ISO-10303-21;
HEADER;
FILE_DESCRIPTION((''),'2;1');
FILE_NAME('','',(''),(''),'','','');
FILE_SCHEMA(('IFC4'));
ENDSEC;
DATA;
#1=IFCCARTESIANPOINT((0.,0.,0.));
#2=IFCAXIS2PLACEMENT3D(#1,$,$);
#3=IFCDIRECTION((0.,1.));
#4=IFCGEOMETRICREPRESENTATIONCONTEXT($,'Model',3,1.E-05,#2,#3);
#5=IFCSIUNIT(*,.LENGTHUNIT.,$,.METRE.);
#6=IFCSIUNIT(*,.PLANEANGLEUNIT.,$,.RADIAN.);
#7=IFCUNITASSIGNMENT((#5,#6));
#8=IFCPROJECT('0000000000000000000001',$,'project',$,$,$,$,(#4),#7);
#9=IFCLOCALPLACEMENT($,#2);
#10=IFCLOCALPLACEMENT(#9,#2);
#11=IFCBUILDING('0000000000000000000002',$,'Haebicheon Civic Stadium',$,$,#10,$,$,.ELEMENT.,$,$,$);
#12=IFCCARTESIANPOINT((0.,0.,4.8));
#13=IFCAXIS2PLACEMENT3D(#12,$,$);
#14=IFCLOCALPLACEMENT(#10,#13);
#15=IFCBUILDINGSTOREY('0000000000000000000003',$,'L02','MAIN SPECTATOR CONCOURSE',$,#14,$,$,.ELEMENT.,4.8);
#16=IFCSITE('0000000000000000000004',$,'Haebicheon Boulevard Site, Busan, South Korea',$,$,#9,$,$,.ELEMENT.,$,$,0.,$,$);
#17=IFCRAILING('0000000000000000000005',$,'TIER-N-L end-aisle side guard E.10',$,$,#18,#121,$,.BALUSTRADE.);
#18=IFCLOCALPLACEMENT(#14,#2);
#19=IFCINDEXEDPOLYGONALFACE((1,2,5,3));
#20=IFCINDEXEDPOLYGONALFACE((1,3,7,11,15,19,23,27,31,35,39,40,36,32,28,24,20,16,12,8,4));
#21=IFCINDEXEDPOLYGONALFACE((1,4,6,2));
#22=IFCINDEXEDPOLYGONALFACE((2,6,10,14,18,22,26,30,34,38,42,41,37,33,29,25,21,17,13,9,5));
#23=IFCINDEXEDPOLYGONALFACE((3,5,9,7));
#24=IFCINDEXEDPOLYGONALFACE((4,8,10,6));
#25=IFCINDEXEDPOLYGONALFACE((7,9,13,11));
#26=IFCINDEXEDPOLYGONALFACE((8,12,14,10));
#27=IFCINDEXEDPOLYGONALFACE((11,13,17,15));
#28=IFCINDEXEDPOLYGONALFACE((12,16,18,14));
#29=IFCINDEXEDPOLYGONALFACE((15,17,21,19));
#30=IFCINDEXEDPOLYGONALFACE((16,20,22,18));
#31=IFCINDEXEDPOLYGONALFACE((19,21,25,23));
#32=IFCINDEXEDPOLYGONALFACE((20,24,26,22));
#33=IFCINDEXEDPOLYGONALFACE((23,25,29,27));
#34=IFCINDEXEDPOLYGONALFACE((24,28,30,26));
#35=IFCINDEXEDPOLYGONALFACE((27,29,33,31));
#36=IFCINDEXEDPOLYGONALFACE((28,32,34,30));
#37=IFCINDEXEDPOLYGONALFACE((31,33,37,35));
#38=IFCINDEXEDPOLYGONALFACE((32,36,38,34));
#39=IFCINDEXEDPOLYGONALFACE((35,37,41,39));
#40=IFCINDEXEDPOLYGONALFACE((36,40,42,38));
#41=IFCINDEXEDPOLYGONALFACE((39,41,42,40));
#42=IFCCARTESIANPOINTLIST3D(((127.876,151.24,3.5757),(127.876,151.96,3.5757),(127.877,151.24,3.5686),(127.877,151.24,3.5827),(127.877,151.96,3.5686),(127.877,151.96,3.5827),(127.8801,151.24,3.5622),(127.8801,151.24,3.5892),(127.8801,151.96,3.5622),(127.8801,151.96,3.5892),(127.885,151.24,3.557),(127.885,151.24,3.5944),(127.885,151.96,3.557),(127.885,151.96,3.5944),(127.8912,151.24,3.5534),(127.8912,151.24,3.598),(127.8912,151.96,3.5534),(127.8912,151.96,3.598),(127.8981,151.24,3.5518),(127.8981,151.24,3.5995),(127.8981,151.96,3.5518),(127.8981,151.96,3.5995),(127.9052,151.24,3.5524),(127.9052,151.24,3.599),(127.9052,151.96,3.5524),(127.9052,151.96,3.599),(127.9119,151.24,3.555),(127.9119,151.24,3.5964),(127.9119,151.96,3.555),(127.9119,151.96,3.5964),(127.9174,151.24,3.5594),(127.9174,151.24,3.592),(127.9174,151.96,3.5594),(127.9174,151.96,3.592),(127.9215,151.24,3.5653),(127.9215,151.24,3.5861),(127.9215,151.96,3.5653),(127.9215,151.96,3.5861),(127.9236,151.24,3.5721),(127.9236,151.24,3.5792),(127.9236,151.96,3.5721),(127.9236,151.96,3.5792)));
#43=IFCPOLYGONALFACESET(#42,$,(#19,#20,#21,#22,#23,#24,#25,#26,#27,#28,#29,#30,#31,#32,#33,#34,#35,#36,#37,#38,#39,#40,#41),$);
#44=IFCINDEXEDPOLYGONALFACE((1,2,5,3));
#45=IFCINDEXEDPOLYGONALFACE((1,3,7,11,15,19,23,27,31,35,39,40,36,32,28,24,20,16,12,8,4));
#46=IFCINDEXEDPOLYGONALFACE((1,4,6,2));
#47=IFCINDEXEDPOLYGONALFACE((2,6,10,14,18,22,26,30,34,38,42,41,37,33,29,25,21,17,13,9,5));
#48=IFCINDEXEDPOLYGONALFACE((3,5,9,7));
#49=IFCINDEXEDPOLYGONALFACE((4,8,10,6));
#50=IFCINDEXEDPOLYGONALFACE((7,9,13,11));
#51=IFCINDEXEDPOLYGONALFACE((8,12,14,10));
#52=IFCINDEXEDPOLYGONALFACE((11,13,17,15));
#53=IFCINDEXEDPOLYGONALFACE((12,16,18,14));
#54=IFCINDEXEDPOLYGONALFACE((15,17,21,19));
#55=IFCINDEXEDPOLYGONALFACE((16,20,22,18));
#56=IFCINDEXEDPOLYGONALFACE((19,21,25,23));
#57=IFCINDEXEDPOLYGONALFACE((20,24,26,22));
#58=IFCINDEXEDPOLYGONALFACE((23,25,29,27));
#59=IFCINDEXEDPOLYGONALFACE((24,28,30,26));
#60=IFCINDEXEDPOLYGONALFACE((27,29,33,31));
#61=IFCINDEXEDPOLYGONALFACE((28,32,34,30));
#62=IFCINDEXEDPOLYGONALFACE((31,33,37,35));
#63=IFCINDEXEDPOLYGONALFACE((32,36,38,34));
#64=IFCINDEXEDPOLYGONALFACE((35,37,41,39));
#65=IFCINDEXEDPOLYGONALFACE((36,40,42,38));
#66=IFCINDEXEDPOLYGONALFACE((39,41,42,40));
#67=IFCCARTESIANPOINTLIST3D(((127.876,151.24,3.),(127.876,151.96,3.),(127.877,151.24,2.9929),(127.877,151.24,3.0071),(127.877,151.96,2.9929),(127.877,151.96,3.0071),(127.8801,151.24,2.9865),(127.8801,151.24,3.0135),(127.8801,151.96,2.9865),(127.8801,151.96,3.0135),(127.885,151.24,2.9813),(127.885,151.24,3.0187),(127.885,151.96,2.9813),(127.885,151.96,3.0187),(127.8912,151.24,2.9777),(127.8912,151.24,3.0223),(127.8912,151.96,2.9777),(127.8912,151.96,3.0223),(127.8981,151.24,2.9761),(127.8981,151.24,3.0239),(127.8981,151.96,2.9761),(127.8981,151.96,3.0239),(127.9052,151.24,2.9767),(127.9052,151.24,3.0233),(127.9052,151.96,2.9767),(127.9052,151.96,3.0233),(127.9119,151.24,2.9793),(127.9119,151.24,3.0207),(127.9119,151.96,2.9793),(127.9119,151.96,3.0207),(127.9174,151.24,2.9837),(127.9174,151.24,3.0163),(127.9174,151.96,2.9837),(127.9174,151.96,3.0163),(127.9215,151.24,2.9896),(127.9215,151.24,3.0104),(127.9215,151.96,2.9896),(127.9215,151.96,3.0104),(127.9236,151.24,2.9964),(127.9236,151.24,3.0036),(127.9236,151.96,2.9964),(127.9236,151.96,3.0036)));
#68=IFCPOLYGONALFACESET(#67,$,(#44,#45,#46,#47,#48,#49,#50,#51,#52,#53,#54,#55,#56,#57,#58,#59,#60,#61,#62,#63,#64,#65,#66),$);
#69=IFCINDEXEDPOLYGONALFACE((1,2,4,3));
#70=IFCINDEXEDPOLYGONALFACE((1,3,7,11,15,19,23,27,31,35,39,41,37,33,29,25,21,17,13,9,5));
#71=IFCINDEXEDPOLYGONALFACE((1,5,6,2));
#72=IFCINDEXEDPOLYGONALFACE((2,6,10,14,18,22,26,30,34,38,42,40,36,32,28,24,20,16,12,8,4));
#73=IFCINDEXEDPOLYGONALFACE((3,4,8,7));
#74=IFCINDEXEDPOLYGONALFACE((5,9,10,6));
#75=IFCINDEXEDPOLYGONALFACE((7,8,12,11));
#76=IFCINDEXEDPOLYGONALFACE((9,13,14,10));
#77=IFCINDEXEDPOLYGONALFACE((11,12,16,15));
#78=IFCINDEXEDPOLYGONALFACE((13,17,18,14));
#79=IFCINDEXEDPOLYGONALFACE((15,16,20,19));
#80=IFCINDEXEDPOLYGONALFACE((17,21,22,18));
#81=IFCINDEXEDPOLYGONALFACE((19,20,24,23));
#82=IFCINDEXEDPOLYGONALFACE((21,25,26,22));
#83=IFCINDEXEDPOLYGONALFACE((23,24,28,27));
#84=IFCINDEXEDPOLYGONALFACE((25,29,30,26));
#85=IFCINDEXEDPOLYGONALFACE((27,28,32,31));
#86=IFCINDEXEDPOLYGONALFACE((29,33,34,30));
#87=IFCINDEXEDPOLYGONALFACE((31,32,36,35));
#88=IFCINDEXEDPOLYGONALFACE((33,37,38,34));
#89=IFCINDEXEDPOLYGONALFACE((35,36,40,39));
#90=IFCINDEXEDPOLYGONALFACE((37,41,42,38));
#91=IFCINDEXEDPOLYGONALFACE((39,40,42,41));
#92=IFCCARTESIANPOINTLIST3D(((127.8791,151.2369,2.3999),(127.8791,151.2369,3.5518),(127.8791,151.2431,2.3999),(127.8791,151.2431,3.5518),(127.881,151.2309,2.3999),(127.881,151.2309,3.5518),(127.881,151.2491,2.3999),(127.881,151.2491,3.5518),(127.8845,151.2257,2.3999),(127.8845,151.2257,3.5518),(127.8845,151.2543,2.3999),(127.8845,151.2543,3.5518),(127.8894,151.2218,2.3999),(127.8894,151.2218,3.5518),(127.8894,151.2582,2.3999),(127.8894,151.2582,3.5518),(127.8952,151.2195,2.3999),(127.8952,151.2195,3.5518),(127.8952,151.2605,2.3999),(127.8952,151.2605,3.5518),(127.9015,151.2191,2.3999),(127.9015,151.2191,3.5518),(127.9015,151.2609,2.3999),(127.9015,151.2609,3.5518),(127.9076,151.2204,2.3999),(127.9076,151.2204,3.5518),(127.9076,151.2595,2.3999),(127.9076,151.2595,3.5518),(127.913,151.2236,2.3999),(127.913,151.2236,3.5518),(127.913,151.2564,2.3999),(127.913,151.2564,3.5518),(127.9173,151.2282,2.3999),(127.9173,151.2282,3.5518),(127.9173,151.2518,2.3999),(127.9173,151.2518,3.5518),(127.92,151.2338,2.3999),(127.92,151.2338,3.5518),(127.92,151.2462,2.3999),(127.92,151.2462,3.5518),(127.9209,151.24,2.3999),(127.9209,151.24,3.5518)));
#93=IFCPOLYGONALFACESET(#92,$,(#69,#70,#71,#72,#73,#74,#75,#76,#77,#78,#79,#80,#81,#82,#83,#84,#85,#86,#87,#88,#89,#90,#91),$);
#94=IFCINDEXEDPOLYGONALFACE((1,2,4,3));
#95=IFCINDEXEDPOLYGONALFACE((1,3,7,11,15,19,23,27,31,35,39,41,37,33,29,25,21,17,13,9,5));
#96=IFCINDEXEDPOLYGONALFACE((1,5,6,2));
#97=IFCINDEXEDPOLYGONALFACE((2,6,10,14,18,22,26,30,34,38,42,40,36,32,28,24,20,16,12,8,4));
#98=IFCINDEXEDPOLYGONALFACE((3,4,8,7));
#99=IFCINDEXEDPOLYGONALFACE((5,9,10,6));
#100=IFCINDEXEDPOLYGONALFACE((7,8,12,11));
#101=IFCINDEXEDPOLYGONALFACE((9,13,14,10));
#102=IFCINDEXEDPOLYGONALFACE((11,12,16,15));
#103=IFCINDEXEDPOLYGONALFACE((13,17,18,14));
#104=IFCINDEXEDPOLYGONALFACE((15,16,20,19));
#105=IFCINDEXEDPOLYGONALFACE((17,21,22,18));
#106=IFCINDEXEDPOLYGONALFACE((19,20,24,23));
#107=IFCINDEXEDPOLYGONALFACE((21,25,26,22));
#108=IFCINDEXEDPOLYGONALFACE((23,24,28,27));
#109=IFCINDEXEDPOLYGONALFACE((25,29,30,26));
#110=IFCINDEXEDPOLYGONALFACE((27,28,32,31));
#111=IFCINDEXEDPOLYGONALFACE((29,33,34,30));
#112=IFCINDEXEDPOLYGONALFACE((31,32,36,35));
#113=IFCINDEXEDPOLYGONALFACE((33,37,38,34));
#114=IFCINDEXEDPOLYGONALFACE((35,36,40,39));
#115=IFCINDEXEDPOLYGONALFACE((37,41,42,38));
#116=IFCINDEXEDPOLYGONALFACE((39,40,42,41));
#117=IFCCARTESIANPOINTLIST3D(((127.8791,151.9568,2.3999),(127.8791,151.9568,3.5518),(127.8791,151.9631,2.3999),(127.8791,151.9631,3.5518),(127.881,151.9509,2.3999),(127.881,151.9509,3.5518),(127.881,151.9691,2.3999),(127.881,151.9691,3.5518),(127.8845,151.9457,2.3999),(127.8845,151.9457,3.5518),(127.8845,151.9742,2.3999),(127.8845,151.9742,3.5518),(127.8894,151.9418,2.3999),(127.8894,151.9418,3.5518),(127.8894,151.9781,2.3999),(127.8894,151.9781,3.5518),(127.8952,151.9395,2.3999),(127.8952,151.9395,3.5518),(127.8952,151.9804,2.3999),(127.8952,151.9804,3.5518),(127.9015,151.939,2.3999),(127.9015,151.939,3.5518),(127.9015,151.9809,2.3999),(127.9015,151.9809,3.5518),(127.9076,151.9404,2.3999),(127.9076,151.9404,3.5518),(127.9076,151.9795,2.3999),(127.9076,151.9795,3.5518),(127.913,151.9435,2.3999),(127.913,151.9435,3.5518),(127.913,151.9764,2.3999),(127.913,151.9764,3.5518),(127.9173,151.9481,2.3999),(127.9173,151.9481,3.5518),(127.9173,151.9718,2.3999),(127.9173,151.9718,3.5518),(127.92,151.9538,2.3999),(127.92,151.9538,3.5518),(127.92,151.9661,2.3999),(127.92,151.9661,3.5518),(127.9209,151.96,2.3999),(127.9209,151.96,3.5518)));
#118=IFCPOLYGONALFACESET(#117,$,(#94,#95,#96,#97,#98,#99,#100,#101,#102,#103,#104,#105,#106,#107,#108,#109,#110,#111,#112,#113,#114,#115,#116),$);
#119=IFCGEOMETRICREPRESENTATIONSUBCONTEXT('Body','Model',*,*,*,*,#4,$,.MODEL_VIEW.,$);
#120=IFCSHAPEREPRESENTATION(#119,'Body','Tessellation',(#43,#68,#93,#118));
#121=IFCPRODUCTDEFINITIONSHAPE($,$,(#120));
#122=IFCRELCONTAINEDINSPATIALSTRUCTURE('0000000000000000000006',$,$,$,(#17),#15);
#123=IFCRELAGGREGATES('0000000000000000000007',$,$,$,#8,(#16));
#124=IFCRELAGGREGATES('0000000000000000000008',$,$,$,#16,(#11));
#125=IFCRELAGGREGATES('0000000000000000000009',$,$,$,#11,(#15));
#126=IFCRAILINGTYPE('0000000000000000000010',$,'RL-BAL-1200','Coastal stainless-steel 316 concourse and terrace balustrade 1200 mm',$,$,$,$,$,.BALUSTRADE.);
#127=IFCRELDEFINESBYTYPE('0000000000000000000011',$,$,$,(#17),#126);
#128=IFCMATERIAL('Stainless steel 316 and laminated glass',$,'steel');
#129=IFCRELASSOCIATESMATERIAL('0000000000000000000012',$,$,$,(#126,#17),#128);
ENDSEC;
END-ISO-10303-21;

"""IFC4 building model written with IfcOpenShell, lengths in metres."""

from ifc_helpers import new_model, si_unit, direction, frame, origin, origin_2d, place, context, subcontext, project, spatial, circle, extrude, material, type_object, element, save


model = new_model("IFC4")

# Units and contexts
model_context = context("Model", 3, precision=1e-05, world=origin(), true_north=direction((0.0, 1.0)))
body_context = subcontext(model_context, "Body", "Model", "MODEL_VIEW")
ifc_project = project(units=[si_unit("LENGTHUNIT", "METRE"), si_unit("PLANEANGLEUNIT", "RADIAN")], contexts=[model_context])

# Site, building, storey
site_placement = place(None, origin())
site = spatial("IfcSite", under=ifc_project, at=site_placement, Name="Haebicheon Boulevard Site, Busan, South Korea", CompositionType="ELEMENT", RefElevation=0.0)
building_placement = place(site_placement, origin())
building = spatial("IfcBuilding", under=site, at=building_placement, Name="Haebicheon Civic Stadium", CompositionType="ELEMENT")
storey_placement = place(building_placement, frame((0.0, 0.0, 4.8)))
storey = spatial("IfcBuildingStorey", under=building, at=storey_placement, Name="L02", Description="MAIN SPECTATOR CONCOURSE", CompositionType="ELEMENT", Elevation=4.8)

# Railing
ifc_material_1 = material(Name="Stainless steel 316 and laminated glass", Category="steel")
railing_type = type_object("IfcRailingType", Name="RL-BAL-1200", Description="Coastal stainless-steel 316 concourse and terrace balustrade 1200 mm", PredefinedType="BALUSTRADE", material=ifc_material_1)
for number, where, name in (
    (1, (127.8999, 151.24, 2.3999), "TIER-N-L end-aisle side guard E.10"),
):
    element("IfcRailing", number, at=place(storey_placement, frame(where)), inside=storey, type_object=railing_type, material=ifc_material_1, Name=name, PredefinedType="BALUSTRADE", context=body_context, shape_type="SweptSolid", body=[
        extrude(circle(Radius=0.0239, at=origin_2d()), frame((0.0, 0.0, 1.1758), z_axis=(0.0, 1.0, 0.0), x_axis=(-1.0, 0.0, 0.0)), (0.0, 0.0, 1.0), 0.72),
        extrude(circle(Radius=0.0239, at=origin_2d()), frame((0.0, 0.0, 0.6001), z_axis=(0.0, 1.0, 0.0), x_axis=(-1.0, 0.0, 0.0)), (0.0, 0.0, 1.0), 0.72),
        extrude(circle(Radius=0.021, at=origin_2d()), origin(), (0.0, 0.0, 1.0), 1.1519),
        extrude(circle(Radius=0.021, at=origin_2d()), frame((0.0, 0.72, 0.0)), (0.0, 0.0, 1.0), 1.1519),
    ])

save(model, "model.ifc")
